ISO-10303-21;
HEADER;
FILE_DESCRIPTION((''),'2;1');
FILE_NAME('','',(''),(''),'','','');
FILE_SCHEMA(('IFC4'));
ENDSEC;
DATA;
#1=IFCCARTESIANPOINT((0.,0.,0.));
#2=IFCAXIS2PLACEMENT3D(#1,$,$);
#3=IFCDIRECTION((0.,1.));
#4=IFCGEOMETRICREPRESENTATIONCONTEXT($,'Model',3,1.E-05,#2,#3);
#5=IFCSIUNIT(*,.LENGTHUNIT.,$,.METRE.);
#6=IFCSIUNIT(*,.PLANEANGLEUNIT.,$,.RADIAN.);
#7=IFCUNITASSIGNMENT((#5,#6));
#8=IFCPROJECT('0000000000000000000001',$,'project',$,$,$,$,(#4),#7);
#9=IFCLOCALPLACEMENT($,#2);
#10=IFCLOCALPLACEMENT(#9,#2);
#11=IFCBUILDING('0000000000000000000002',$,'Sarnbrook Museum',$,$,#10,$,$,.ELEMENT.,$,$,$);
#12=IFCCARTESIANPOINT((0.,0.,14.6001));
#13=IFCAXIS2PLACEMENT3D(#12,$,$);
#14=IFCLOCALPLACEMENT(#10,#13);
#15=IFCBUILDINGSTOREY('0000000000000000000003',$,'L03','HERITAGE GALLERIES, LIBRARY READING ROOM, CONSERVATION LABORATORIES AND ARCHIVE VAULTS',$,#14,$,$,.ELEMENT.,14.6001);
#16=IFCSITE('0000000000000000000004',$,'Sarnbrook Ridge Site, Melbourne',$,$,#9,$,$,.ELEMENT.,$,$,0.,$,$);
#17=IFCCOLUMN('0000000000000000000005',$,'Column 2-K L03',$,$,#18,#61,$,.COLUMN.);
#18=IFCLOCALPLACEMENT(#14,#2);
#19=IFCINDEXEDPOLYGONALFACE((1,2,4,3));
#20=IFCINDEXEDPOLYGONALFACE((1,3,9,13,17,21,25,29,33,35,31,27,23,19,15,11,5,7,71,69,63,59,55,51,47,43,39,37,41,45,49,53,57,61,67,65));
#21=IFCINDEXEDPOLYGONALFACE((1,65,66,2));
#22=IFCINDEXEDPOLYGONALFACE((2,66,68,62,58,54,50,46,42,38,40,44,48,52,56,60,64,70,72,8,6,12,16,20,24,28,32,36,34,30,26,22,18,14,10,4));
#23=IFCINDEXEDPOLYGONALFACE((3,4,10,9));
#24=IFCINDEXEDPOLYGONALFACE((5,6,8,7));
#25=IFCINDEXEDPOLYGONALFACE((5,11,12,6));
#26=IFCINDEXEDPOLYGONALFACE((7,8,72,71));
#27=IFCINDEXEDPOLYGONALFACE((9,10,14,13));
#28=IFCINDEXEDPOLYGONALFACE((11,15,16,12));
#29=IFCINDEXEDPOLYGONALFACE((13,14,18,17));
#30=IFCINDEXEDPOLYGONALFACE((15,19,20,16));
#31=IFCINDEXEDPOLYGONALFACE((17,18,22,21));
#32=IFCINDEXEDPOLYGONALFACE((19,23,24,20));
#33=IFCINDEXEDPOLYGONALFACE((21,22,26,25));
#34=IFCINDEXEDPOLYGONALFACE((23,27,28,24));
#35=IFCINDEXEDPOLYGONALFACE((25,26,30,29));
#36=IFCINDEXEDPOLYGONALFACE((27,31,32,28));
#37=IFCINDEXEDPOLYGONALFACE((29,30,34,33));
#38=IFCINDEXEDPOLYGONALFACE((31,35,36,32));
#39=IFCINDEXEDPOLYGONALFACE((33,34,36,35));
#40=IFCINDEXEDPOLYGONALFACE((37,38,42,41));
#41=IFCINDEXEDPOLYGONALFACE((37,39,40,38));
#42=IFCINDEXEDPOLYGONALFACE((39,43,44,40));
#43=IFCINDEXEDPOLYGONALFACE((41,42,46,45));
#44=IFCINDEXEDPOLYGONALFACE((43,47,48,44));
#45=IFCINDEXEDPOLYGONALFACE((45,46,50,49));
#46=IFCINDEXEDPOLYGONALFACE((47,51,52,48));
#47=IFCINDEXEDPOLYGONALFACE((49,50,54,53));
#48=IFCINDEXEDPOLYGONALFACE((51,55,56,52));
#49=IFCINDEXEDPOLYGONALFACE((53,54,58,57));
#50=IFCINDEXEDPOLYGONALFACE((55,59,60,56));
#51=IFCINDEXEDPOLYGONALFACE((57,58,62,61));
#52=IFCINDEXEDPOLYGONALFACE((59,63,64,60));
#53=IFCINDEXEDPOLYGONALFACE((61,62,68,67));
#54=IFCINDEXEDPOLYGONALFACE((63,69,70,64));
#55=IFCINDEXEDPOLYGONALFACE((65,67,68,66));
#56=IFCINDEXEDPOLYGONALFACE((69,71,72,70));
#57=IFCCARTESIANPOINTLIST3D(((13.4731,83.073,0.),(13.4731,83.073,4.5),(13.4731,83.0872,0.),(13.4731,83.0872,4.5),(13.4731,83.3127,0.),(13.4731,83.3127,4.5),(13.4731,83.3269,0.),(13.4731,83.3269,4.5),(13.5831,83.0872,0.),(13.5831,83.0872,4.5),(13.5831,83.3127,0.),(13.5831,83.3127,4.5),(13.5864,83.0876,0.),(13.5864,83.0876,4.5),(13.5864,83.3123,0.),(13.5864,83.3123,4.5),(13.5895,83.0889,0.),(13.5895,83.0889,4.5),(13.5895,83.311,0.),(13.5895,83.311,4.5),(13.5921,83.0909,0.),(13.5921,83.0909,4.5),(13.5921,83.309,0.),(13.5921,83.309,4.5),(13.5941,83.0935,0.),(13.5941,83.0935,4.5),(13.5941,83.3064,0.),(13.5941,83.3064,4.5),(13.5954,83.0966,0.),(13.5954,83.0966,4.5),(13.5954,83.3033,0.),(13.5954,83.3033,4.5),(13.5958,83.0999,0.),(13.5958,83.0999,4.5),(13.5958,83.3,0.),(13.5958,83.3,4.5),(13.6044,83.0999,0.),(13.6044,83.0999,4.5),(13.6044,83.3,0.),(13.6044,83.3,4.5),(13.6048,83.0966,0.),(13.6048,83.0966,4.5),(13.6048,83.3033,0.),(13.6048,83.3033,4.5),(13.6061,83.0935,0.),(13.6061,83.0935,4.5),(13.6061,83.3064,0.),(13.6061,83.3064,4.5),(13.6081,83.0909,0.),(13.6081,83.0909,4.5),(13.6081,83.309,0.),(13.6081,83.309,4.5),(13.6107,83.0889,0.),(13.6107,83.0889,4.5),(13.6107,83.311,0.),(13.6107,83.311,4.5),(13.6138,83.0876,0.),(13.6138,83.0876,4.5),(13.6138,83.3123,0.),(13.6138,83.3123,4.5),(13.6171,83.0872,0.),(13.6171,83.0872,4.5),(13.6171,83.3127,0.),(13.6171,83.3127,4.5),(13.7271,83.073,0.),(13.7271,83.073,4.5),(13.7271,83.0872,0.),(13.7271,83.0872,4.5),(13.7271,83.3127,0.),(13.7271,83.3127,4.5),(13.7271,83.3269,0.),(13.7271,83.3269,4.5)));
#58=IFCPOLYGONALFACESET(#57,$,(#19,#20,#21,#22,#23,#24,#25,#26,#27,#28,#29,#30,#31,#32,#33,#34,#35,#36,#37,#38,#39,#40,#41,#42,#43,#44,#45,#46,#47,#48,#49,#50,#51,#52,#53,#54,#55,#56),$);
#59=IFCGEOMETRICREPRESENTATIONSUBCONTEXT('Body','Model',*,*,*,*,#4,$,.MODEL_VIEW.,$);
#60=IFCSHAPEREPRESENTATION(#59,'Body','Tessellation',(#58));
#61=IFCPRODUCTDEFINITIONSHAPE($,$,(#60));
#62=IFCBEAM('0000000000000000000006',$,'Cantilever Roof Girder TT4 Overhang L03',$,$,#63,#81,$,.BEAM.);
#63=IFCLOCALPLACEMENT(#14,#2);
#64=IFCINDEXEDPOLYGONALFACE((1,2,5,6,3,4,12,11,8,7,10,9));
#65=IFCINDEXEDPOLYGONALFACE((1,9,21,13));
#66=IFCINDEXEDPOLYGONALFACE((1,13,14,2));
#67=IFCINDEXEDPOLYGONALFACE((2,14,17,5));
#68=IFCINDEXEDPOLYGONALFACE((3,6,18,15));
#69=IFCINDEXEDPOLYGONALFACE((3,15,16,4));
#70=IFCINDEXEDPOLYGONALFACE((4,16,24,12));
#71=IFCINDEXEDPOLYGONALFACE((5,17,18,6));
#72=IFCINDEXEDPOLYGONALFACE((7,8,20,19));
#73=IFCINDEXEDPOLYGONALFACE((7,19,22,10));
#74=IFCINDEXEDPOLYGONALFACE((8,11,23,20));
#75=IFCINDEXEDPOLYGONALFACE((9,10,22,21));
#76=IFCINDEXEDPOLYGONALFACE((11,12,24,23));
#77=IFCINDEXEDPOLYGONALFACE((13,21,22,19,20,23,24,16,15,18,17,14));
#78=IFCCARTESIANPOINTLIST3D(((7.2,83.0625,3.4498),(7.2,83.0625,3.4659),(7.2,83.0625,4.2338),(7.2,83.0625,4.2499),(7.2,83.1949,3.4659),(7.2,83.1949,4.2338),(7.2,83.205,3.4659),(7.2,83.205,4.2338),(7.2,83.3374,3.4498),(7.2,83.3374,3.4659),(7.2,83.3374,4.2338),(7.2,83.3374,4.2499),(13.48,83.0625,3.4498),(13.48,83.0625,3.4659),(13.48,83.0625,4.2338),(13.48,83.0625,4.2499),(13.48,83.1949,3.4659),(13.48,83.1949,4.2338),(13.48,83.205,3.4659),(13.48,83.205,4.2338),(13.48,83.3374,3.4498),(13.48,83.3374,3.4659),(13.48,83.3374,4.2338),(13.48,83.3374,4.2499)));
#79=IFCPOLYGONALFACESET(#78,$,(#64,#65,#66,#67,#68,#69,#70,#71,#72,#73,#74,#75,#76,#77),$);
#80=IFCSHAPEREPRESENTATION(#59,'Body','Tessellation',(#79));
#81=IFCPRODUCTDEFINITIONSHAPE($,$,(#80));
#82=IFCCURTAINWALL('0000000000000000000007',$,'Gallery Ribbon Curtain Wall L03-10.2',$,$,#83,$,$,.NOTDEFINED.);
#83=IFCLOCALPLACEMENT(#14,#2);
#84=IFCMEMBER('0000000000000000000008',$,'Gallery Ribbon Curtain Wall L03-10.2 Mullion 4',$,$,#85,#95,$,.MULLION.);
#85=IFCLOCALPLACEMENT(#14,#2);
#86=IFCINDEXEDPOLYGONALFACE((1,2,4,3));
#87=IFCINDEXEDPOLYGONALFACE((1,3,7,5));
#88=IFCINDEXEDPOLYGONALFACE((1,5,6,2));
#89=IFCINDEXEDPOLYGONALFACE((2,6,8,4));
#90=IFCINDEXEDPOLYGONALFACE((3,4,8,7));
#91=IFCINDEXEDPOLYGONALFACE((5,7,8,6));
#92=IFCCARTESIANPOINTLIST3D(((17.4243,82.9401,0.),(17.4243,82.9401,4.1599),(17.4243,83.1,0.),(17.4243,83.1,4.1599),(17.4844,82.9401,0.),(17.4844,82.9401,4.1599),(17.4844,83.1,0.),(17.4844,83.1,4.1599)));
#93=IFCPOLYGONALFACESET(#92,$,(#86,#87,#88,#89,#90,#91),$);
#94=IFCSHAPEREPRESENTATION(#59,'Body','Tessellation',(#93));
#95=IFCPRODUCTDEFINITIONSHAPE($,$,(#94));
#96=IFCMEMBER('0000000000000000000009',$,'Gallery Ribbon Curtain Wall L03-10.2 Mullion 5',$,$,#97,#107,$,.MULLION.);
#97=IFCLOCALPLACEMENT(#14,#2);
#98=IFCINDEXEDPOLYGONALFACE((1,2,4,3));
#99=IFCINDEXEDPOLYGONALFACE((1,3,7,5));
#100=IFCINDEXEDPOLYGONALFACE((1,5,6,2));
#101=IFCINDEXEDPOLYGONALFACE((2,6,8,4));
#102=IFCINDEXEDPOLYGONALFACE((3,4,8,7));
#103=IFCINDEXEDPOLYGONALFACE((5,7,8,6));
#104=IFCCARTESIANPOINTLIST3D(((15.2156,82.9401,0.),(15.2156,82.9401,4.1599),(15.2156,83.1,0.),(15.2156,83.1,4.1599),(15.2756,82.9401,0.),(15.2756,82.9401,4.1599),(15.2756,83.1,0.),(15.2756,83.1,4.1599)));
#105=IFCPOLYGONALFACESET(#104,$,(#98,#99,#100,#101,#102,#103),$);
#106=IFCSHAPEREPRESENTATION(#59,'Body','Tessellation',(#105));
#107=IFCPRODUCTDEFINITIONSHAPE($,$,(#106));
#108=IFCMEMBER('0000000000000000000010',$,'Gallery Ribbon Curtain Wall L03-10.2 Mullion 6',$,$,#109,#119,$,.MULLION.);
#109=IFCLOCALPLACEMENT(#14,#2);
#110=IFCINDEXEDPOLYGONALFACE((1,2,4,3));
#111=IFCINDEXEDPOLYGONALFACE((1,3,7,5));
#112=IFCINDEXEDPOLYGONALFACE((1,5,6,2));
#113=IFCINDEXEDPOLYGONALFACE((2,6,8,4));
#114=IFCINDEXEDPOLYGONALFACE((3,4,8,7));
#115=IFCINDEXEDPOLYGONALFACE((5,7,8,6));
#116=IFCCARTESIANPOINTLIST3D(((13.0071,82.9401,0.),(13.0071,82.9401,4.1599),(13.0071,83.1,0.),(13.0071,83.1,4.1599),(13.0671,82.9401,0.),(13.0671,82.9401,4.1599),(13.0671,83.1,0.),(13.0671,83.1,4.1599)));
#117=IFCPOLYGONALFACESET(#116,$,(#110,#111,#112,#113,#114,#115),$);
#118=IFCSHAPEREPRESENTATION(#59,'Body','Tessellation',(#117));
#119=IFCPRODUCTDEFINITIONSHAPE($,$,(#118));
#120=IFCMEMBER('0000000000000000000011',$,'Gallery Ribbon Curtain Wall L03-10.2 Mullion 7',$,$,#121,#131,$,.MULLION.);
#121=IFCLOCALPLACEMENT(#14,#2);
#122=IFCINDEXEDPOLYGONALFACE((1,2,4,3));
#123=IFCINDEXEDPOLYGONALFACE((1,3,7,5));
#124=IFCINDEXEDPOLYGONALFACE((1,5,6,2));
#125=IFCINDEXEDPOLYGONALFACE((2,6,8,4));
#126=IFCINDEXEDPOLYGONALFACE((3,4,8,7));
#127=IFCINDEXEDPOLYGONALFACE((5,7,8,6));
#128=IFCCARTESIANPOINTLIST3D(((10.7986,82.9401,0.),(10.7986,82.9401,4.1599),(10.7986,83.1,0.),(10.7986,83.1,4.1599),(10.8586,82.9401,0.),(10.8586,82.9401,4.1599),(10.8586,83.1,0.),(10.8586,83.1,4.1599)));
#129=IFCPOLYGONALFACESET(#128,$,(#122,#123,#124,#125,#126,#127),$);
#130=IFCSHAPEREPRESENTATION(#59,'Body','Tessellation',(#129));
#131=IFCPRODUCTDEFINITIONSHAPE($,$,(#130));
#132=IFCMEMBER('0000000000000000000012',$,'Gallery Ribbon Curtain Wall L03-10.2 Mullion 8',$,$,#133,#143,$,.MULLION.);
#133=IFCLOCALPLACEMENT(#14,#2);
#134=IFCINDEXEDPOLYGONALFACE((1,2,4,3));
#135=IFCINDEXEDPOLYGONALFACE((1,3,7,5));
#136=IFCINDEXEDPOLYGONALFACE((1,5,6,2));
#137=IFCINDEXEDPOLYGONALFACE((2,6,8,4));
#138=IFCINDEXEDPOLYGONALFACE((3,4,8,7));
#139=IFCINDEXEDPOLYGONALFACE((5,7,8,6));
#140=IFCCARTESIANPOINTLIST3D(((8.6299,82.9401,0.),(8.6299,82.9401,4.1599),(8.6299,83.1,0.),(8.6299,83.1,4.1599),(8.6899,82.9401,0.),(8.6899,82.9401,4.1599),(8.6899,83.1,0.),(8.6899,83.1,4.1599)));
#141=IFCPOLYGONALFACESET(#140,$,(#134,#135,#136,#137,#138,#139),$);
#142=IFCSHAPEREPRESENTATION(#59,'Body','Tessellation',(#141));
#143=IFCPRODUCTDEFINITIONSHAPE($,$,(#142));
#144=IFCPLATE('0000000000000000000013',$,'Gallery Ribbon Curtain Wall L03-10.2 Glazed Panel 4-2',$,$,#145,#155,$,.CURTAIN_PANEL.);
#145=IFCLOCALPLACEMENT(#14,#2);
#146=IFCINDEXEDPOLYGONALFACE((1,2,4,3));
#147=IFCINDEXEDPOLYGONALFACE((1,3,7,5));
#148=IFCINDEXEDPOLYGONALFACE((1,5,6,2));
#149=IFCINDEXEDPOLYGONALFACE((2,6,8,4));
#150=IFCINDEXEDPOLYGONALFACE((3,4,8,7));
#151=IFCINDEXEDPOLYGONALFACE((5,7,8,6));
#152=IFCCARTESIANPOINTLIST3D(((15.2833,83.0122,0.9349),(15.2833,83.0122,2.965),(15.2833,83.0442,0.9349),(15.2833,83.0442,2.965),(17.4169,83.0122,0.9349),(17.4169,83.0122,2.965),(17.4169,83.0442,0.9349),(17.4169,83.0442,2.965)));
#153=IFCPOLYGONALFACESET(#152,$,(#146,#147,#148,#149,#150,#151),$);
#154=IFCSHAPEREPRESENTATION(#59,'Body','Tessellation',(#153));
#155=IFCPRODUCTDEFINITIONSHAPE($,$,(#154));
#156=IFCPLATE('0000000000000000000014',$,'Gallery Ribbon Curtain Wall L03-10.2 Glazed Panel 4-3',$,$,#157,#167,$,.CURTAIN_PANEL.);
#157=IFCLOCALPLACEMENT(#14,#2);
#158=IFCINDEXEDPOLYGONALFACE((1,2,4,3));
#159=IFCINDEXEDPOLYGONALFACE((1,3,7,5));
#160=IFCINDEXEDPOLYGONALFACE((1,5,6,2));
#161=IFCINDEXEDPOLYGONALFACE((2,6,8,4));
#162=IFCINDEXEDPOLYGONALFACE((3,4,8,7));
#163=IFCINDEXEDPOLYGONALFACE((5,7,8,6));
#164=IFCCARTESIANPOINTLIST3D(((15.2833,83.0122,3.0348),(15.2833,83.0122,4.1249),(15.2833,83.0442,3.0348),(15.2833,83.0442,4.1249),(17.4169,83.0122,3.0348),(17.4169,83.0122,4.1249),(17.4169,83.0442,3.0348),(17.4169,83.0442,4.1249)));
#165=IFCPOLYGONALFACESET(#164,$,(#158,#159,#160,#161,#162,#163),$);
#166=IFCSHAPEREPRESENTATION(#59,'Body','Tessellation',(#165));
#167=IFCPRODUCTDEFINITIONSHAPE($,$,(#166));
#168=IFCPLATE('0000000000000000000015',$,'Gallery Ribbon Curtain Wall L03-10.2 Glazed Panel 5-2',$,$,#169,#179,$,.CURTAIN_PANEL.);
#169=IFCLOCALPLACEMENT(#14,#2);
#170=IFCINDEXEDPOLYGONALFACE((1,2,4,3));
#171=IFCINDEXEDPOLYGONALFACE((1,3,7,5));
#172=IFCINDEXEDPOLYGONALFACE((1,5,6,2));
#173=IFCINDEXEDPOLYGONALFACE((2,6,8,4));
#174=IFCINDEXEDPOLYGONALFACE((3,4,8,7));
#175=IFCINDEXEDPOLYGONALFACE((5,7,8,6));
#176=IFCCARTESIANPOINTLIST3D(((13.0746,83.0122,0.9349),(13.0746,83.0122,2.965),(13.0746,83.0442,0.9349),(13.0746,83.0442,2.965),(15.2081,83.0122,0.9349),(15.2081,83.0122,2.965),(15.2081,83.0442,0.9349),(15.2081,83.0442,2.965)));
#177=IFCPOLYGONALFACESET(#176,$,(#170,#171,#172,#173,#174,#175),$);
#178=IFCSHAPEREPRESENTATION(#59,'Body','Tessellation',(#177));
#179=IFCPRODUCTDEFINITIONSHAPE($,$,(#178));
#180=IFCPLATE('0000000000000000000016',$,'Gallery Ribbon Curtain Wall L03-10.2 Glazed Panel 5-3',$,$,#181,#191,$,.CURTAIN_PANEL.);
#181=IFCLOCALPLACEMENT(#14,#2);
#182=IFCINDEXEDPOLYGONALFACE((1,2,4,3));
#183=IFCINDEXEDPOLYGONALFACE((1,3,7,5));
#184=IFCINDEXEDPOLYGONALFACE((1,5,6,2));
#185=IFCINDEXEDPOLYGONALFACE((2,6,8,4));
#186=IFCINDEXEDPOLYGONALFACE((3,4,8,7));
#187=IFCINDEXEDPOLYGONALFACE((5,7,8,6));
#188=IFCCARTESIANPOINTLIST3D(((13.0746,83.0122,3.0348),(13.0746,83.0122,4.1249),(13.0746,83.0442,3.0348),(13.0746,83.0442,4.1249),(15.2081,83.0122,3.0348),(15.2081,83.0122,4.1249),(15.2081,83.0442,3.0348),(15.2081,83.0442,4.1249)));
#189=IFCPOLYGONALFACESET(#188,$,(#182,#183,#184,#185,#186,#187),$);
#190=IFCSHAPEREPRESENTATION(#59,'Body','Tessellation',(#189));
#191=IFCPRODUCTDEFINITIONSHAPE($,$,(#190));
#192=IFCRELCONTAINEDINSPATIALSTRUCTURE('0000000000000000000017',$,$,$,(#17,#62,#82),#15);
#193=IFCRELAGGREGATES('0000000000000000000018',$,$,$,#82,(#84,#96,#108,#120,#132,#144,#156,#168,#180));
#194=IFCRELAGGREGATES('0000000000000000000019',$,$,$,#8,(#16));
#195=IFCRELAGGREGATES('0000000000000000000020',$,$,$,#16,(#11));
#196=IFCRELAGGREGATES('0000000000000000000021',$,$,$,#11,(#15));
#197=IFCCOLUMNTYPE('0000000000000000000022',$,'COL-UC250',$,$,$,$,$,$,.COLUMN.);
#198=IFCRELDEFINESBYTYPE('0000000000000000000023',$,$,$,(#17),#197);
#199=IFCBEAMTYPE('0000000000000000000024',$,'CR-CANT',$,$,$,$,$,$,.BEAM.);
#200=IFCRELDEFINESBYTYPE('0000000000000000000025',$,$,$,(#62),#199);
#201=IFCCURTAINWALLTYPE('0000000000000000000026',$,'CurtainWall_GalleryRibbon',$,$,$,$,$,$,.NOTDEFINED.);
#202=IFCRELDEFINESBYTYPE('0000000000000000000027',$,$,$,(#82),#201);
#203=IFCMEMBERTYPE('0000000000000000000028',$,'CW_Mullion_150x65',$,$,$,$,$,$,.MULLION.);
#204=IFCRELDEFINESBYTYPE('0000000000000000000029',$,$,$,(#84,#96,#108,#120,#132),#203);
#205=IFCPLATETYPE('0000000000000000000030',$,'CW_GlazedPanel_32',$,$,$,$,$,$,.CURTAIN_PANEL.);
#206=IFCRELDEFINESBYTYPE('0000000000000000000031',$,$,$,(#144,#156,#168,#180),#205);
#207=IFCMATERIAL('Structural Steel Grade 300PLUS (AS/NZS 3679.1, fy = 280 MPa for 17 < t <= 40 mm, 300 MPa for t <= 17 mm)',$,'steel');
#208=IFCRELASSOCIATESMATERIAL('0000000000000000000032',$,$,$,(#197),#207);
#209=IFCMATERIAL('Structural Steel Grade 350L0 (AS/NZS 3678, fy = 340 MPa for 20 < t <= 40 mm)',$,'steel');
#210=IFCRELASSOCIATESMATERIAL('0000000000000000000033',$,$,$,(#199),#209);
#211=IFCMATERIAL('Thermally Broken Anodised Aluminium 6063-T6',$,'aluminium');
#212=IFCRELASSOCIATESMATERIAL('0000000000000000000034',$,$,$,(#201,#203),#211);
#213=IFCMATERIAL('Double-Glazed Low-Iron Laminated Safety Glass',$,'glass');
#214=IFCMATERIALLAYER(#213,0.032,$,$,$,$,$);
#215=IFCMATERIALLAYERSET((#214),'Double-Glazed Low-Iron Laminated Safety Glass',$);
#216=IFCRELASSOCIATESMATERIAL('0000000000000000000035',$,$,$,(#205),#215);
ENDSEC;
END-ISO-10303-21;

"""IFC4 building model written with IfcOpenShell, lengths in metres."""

from ifc_helpers import new_model, si_unit, direction, frame, origin, origin_2d, place, context, subcontext, project, spatial, rectangle, i_section, extrude, material, layer, layer_set, material_profile, profile_set, type_object, element, aggregate, save


model = new_model("IFC4")

# Units and contexts
model_context = context("Model", 3, precision=1e-05, world=origin(), true_north=direction((0.0, 1.0)))
body_context = subcontext(model_context, "Body", "Model", "MODEL_VIEW")
ifc_project = project(units=[si_unit("LENGTHUNIT", "METRE"), si_unit("PLANEANGLEUNIT", "RADIAN")], contexts=[model_context])

# Site, building, storey
site_placement = place(None, origin())
site = spatial("IfcSite", under=ifc_project, at=site_placement, Name="Sarnbrook Ridge Site, Melbourne", CompositionType="ELEMENT", RefElevation=0.0)
building_placement = place(site_placement, origin())
building = spatial("IfcBuilding", under=site, at=building_placement, Name="Sarnbrook Museum", CompositionType="ELEMENT")
storey_placement = place(building_placement, frame((0.0, 0.0, 14.6001)))
storey = spatial("IfcBuildingStorey", under=building, at=storey_placement, Name="L03", Description="HERITAGE GALLERIES, LIBRARY READING ROOM, CONSERVATION LABORATORIES AND ARCHIVE VAULTS", CompositionType="ELEMENT", Elevation=14.6001)

# Column
ifc_material_1 = material(Name="Structural Steel Grade 300PLUS (AS/NZS 3679.1, fy = 280 MPa for 17 < t <= 40 mm, 300 MPa for t <= 17 mm)", Category="steel")
ifc_material_profile_1 = material_profile(ifc_material_1, i_section(OverallWidth=0.2539, OverallDepth=0.2539, WebThickness=0.0085, FlangeThickness=0.0142, FilletRadius=0.0127, at=origin_2d()), Name="250UC72.9")
ifc_profile_set_1 = profile_set([ifc_material_profile_1], Name="Structural Steel Grade 300PLUS (AS/NZS 3679.1, fy = 280 MPa for 17 < t <= 40 mm, 300 MPa for t <= 17 mm)")
column_type = type_object("IfcColumnType", Name="COL-UC250", PredefinedType="COLUMN", material=ifc_profile_set_1)
column_placement = place(storey_placement, frame((13.6001, 83.2, 0.0), z_axis=(0.0, 0.0, 1.0), x_axis=(1.0, 0.0, 0.0)))
element("IfcColumn", 1, at=column_placement, inside=storey, type_object=column_type, Name="Column 2-K L03", PredefinedType="COLUMN", context=body_context, shape_type="SweptSolid", body=[
    extrude(i_section(OverallWidth=0.2539, OverallDepth=0.2539, WebThickness=0.0085, FlangeThickness=0.0142, FilletRadius=0.0127, at=origin_2d()), origin(), (0.0, 0.0, 1.0), 4.5),
])

# Beam
ifc_material_2 = material(Name="Structural Steel Grade 350L0 (AS/NZS 3678, fy = 340 MPa for 20 < t <= 40 mm)", Category="steel")
ifc_material_profile_2 = material_profile(ifc_material_2, i_section(OverallWidth=0.2749, OverallDepth=0.8, WebThickness=0.01, FlangeThickness=0.0161, at=origin_2d()), Name="800WB146")
ifc_profile_set_2 = profile_set([ifc_material_profile_2], Name="Structural Steel Grade 350L0 (AS/NZS 3678, fy = 340 MPa for 20 < t <= 40 mm)")
beam_type = type_object("IfcBeamType", Name="CR-CANT", PredefinedType="BEAM", material=ifc_profile_set_2)
beam_placement = place(storey_placement, frame((13.48, 83.2, 3.8499), z_axis=(-1.0, 0.0, 0.0), x_axis=(0.0, -1.0, 0.0)))
element("IfcBeam", 2, at=beam_placement, inside=storey, type_object=beam_type, Name="Cantilever Roof Girder TT4 Overhang L03", PredefinedType="BEAM", context=body_context, shape_type="SweptSolid", body=[
    extrude(i_section(OverallWidth=0.2749, OverallDepth=0.8, WebThickness=0.01, FlangeThickness=0.0161, at=origin_2d()), origin(), (0.0, 0.0, 1.0), 6.28),
])

# Curtain wall, members, plates
ifc_material_3 = material(Name="Thermally Broken Anodised Aluminium 6063-T6", Category="aluminium")
curtain_wall_type = type_object("IfcCurtainWallType", Name="CurtainWall_GalleryRibbon", PredefinedType="NOTDEFINED", material=ifc_material_3)
curtain_wall_placement = place(storey_placement, origin())
curtain_wall = element("IfcCurtainWall", 3, at=curtain_wall_placement, inside=storey, type_object=curtain_wall_type, Name="Gallery Ribbon Curtain Wall L03-10.2", PredefinedType="NOTDEFINED")
ifc_material_profile_3 = material_profile(ifc_material_3, rectangle(XDim=0.0601, YDim=0.1599, at=origin_2d()), Name="ALU MULLION 60x160")
ifc_profile_set_3 = profile_set([ifc_material_profile_3], Name="Thermally Broken Anodised Aluminium 6063-T6")
member_type = type_object("IfcMemberType", Name="CW_Mullion_150x65", PredefinedType="MULLION", material=ifc_profile_set_3)
member_1_placement = place(storey_placement, frame((17.4543, 83.02, 0.0), z_axis=(0.0, 0.0, 1.0), x_axis=(1.0, 0.0, 0.0)))
member_1 = element("IfcMember", 4, at=member_1_placement, type_object=member_type, Name="Gallery Ribbon Curtain Wall L03-10.2 Mullion 4", PredefinedType="MULLION", context=body_context, shape_type="SweptSolid", body=[
    extrude(rectangle(XDim=0.0601, YDim=0.1599, at=origin_2d()), origin(), (0.0, 0.0, 1.0), 4.1599),
])
member_2_placement = place(storey_placement, frame((15.2456, 83.02, 0.0), z_axis=(0.0, 0.0, 1.0), x_axis=(1.0, 0.0, 0.0)))
member_2 = element("IfcMember", 5, at=member_2_placement, type_object=member_type, Name="Gallery Ribbon Curtain Wall L03-10.2 Mullion 5", PredefinedType="MULLION", context=body_context, shape_type="SweptSolid", body=[
    extrude(rectangle(XDim=0.0601, YDim=0.1599, at=origin_2d()), origin(), (0.0, 0.0, 1.0), 4.1599),
])
member_3_placement = place(storey_placement, frame((13.0371, 83.02, 0.0), z_axis=(0.0, 0.0, 1.0), x_axis=(1.0, 0.0, 0.0)))
member_3 = element("IfcMember", 6, at=member_3_placement, type_object=member_type, Name="Gallery Ribbon Curtain Wall L03-10.2 Mullion 6", PredefinedType="MULLION", context=body_context, shape_type="SweptSolid", body=[
    extrude(rectangle(XDim=0.0601, YDim=0.1599, at=origin_2d()), origin(), (0.0, 0.0, 1.0), 4.1599),
])
member_4_placement = place(storey_placement, frame((10.8286, 83.02, 0.0), z_axis=(0.0, 0.0, 1.0), x_axis=(1.0, 0.0, 0.0)))
member_4 = element("IfcMember", 7, at=member_4_placement, type_object=member_type, Name="Gallery Ribbon Curtain Wall L03-10.2 Mullion 7", PredefinedType="MULLION", context=body_context, shape_type="SweptSolid", body=[
    extrude(rectangle(XDim=0.0601, YDim=0.1599, at=origin_2d()), origin(), (0.0, 0.0, 1.0), 4.1599),
])
member_5_placement = place(storey_placement, frame((8.6599, 83.02, 0.0), z_axis=(0.0, 0.0, 1.0), x_axis=(1.0, 0.0, 0.0)))
member_5 = element("IfcMember", 8, at=member_5_placement, type_object=member_type, Name="Gallery Ribbon Curtain Wall L03-10.2 Mullion 8", PredefinedType="MULLION", context=body_context, shape_type="SweptSolid", body=[
    extrude(rectangle(XDim=0.0601, YDim=0.1599, at=origin_2d()), origin(), (0.0, 0.0, 1.0), 4.1599),
])
ifc_material_4 = material(Name="Double-Glazed Low-Iron Laminated Safety Glass", Category="glass")
ifc_layer_1 = layer(ifc_material_4, 0.032)
ifc_layer_set_1 = layer_set([ifc_layer_1], Name="Double-Glazed Low-Iron Laminated Safety Glass")
plate_type_1 = type_object("IfcPlateType", Name="CW_GlazedPanel_32", PredefinedType="CURTAIN_PANEL", material=ifc_layer_set_1)
plate_1_placement = place(storey_placement, frame((16.3501, 83.0122, 1.95), z_axis=(0.0, 1.0, 0.0), x_axis=(-1.0, 0.0, 0.0)))
plate_1 = element("IfcPlate", 9, at=plate_1_placement, type_object=plate_type_1, Name="Gallery Ribbon Curtain Wall L03-10.2 Glazed Panel 4-2", PredefinedType="CURTAIN_PANEL", context=body_context, shape_type="SweptSolid", body=[
    extrude(rectangle(XDim=2.1335, YDim=2.03, at=origin_2d()), origin(), (0.0, 0.0, 1.0), 0.032),
])
plate_2_placement = place(storey_placement, frame((16.3501, 83.0122, 3.5798), z_axis=(0.0, 1.0, 0.0), x_axis=(-1.0, 0.0, 0.0)))
plate_2 = element("IfcPlate", 10, at=plate_2_placement, type_object=plate_type_1, Name="Gallery Ribbon Curtain Wall L03-10.2 Glazed Panel 4-3", PredefinedType="CURTAIN_PANEL", context=body_context, shape_type="SweptSolid", body=[
    extrude(rectangle(XDim=2.1335, YDim=1.0901, at=origin_2d()), origin(), (0.0, 0.0, 1.0), 0.032),
])
plate_3_placement = place(storey_placement, frame((14.1414, 83.0122, 1.95), z_axis=(0.0, 1.0, 0.0), x_axis=(-1.0, 0.0, 0.0)))
plate_3 = element("IfcPlate", 11, at=plate_3_placement, type_object=plate_type_1, Name="Gallery Ribbon Curtain Wall L03-10.2 Glazed Panel 5-2", PredefinedType="CURTAIN_PANEL", context=body_context, shape_type="SweptSolid", body=[
    extrude(rectangle(XDim=2.1335, YDim=2.03, at=origin_2d()), origin(), (0.0, 0.0, 1.0), 0.032),
])
plate_4_placement = place(storey_placement, frame((14.1414, 83.0122, 3.5798), z_axis=(0.0, 1.0, 0.0), x_axis=(-1.0, 0.0, 0.0)))
plate_4 = element("IfcPlate", 12, at=plate_4_placement, type_object=plate_type_1, Name="Gallery Ribbon Curtain Wall L03-10.2 Glazed Panel 5-3", PredefinedType="CURTAIN_PANEL", context=body_context, shape_type="SweptSolid", body=[
    extrude(rectangle(XDim=2.1335, YDim=1.0901, at=origin_2d()), origin(), (0.0, 0.0, 1.0), 0.032),
])
aggregate(curtain_wall, [member_1, member_2, member_3, member_4, member_5, plate_1, plate_2, plate_3, plate_4])

save(model, "model.ifc")
